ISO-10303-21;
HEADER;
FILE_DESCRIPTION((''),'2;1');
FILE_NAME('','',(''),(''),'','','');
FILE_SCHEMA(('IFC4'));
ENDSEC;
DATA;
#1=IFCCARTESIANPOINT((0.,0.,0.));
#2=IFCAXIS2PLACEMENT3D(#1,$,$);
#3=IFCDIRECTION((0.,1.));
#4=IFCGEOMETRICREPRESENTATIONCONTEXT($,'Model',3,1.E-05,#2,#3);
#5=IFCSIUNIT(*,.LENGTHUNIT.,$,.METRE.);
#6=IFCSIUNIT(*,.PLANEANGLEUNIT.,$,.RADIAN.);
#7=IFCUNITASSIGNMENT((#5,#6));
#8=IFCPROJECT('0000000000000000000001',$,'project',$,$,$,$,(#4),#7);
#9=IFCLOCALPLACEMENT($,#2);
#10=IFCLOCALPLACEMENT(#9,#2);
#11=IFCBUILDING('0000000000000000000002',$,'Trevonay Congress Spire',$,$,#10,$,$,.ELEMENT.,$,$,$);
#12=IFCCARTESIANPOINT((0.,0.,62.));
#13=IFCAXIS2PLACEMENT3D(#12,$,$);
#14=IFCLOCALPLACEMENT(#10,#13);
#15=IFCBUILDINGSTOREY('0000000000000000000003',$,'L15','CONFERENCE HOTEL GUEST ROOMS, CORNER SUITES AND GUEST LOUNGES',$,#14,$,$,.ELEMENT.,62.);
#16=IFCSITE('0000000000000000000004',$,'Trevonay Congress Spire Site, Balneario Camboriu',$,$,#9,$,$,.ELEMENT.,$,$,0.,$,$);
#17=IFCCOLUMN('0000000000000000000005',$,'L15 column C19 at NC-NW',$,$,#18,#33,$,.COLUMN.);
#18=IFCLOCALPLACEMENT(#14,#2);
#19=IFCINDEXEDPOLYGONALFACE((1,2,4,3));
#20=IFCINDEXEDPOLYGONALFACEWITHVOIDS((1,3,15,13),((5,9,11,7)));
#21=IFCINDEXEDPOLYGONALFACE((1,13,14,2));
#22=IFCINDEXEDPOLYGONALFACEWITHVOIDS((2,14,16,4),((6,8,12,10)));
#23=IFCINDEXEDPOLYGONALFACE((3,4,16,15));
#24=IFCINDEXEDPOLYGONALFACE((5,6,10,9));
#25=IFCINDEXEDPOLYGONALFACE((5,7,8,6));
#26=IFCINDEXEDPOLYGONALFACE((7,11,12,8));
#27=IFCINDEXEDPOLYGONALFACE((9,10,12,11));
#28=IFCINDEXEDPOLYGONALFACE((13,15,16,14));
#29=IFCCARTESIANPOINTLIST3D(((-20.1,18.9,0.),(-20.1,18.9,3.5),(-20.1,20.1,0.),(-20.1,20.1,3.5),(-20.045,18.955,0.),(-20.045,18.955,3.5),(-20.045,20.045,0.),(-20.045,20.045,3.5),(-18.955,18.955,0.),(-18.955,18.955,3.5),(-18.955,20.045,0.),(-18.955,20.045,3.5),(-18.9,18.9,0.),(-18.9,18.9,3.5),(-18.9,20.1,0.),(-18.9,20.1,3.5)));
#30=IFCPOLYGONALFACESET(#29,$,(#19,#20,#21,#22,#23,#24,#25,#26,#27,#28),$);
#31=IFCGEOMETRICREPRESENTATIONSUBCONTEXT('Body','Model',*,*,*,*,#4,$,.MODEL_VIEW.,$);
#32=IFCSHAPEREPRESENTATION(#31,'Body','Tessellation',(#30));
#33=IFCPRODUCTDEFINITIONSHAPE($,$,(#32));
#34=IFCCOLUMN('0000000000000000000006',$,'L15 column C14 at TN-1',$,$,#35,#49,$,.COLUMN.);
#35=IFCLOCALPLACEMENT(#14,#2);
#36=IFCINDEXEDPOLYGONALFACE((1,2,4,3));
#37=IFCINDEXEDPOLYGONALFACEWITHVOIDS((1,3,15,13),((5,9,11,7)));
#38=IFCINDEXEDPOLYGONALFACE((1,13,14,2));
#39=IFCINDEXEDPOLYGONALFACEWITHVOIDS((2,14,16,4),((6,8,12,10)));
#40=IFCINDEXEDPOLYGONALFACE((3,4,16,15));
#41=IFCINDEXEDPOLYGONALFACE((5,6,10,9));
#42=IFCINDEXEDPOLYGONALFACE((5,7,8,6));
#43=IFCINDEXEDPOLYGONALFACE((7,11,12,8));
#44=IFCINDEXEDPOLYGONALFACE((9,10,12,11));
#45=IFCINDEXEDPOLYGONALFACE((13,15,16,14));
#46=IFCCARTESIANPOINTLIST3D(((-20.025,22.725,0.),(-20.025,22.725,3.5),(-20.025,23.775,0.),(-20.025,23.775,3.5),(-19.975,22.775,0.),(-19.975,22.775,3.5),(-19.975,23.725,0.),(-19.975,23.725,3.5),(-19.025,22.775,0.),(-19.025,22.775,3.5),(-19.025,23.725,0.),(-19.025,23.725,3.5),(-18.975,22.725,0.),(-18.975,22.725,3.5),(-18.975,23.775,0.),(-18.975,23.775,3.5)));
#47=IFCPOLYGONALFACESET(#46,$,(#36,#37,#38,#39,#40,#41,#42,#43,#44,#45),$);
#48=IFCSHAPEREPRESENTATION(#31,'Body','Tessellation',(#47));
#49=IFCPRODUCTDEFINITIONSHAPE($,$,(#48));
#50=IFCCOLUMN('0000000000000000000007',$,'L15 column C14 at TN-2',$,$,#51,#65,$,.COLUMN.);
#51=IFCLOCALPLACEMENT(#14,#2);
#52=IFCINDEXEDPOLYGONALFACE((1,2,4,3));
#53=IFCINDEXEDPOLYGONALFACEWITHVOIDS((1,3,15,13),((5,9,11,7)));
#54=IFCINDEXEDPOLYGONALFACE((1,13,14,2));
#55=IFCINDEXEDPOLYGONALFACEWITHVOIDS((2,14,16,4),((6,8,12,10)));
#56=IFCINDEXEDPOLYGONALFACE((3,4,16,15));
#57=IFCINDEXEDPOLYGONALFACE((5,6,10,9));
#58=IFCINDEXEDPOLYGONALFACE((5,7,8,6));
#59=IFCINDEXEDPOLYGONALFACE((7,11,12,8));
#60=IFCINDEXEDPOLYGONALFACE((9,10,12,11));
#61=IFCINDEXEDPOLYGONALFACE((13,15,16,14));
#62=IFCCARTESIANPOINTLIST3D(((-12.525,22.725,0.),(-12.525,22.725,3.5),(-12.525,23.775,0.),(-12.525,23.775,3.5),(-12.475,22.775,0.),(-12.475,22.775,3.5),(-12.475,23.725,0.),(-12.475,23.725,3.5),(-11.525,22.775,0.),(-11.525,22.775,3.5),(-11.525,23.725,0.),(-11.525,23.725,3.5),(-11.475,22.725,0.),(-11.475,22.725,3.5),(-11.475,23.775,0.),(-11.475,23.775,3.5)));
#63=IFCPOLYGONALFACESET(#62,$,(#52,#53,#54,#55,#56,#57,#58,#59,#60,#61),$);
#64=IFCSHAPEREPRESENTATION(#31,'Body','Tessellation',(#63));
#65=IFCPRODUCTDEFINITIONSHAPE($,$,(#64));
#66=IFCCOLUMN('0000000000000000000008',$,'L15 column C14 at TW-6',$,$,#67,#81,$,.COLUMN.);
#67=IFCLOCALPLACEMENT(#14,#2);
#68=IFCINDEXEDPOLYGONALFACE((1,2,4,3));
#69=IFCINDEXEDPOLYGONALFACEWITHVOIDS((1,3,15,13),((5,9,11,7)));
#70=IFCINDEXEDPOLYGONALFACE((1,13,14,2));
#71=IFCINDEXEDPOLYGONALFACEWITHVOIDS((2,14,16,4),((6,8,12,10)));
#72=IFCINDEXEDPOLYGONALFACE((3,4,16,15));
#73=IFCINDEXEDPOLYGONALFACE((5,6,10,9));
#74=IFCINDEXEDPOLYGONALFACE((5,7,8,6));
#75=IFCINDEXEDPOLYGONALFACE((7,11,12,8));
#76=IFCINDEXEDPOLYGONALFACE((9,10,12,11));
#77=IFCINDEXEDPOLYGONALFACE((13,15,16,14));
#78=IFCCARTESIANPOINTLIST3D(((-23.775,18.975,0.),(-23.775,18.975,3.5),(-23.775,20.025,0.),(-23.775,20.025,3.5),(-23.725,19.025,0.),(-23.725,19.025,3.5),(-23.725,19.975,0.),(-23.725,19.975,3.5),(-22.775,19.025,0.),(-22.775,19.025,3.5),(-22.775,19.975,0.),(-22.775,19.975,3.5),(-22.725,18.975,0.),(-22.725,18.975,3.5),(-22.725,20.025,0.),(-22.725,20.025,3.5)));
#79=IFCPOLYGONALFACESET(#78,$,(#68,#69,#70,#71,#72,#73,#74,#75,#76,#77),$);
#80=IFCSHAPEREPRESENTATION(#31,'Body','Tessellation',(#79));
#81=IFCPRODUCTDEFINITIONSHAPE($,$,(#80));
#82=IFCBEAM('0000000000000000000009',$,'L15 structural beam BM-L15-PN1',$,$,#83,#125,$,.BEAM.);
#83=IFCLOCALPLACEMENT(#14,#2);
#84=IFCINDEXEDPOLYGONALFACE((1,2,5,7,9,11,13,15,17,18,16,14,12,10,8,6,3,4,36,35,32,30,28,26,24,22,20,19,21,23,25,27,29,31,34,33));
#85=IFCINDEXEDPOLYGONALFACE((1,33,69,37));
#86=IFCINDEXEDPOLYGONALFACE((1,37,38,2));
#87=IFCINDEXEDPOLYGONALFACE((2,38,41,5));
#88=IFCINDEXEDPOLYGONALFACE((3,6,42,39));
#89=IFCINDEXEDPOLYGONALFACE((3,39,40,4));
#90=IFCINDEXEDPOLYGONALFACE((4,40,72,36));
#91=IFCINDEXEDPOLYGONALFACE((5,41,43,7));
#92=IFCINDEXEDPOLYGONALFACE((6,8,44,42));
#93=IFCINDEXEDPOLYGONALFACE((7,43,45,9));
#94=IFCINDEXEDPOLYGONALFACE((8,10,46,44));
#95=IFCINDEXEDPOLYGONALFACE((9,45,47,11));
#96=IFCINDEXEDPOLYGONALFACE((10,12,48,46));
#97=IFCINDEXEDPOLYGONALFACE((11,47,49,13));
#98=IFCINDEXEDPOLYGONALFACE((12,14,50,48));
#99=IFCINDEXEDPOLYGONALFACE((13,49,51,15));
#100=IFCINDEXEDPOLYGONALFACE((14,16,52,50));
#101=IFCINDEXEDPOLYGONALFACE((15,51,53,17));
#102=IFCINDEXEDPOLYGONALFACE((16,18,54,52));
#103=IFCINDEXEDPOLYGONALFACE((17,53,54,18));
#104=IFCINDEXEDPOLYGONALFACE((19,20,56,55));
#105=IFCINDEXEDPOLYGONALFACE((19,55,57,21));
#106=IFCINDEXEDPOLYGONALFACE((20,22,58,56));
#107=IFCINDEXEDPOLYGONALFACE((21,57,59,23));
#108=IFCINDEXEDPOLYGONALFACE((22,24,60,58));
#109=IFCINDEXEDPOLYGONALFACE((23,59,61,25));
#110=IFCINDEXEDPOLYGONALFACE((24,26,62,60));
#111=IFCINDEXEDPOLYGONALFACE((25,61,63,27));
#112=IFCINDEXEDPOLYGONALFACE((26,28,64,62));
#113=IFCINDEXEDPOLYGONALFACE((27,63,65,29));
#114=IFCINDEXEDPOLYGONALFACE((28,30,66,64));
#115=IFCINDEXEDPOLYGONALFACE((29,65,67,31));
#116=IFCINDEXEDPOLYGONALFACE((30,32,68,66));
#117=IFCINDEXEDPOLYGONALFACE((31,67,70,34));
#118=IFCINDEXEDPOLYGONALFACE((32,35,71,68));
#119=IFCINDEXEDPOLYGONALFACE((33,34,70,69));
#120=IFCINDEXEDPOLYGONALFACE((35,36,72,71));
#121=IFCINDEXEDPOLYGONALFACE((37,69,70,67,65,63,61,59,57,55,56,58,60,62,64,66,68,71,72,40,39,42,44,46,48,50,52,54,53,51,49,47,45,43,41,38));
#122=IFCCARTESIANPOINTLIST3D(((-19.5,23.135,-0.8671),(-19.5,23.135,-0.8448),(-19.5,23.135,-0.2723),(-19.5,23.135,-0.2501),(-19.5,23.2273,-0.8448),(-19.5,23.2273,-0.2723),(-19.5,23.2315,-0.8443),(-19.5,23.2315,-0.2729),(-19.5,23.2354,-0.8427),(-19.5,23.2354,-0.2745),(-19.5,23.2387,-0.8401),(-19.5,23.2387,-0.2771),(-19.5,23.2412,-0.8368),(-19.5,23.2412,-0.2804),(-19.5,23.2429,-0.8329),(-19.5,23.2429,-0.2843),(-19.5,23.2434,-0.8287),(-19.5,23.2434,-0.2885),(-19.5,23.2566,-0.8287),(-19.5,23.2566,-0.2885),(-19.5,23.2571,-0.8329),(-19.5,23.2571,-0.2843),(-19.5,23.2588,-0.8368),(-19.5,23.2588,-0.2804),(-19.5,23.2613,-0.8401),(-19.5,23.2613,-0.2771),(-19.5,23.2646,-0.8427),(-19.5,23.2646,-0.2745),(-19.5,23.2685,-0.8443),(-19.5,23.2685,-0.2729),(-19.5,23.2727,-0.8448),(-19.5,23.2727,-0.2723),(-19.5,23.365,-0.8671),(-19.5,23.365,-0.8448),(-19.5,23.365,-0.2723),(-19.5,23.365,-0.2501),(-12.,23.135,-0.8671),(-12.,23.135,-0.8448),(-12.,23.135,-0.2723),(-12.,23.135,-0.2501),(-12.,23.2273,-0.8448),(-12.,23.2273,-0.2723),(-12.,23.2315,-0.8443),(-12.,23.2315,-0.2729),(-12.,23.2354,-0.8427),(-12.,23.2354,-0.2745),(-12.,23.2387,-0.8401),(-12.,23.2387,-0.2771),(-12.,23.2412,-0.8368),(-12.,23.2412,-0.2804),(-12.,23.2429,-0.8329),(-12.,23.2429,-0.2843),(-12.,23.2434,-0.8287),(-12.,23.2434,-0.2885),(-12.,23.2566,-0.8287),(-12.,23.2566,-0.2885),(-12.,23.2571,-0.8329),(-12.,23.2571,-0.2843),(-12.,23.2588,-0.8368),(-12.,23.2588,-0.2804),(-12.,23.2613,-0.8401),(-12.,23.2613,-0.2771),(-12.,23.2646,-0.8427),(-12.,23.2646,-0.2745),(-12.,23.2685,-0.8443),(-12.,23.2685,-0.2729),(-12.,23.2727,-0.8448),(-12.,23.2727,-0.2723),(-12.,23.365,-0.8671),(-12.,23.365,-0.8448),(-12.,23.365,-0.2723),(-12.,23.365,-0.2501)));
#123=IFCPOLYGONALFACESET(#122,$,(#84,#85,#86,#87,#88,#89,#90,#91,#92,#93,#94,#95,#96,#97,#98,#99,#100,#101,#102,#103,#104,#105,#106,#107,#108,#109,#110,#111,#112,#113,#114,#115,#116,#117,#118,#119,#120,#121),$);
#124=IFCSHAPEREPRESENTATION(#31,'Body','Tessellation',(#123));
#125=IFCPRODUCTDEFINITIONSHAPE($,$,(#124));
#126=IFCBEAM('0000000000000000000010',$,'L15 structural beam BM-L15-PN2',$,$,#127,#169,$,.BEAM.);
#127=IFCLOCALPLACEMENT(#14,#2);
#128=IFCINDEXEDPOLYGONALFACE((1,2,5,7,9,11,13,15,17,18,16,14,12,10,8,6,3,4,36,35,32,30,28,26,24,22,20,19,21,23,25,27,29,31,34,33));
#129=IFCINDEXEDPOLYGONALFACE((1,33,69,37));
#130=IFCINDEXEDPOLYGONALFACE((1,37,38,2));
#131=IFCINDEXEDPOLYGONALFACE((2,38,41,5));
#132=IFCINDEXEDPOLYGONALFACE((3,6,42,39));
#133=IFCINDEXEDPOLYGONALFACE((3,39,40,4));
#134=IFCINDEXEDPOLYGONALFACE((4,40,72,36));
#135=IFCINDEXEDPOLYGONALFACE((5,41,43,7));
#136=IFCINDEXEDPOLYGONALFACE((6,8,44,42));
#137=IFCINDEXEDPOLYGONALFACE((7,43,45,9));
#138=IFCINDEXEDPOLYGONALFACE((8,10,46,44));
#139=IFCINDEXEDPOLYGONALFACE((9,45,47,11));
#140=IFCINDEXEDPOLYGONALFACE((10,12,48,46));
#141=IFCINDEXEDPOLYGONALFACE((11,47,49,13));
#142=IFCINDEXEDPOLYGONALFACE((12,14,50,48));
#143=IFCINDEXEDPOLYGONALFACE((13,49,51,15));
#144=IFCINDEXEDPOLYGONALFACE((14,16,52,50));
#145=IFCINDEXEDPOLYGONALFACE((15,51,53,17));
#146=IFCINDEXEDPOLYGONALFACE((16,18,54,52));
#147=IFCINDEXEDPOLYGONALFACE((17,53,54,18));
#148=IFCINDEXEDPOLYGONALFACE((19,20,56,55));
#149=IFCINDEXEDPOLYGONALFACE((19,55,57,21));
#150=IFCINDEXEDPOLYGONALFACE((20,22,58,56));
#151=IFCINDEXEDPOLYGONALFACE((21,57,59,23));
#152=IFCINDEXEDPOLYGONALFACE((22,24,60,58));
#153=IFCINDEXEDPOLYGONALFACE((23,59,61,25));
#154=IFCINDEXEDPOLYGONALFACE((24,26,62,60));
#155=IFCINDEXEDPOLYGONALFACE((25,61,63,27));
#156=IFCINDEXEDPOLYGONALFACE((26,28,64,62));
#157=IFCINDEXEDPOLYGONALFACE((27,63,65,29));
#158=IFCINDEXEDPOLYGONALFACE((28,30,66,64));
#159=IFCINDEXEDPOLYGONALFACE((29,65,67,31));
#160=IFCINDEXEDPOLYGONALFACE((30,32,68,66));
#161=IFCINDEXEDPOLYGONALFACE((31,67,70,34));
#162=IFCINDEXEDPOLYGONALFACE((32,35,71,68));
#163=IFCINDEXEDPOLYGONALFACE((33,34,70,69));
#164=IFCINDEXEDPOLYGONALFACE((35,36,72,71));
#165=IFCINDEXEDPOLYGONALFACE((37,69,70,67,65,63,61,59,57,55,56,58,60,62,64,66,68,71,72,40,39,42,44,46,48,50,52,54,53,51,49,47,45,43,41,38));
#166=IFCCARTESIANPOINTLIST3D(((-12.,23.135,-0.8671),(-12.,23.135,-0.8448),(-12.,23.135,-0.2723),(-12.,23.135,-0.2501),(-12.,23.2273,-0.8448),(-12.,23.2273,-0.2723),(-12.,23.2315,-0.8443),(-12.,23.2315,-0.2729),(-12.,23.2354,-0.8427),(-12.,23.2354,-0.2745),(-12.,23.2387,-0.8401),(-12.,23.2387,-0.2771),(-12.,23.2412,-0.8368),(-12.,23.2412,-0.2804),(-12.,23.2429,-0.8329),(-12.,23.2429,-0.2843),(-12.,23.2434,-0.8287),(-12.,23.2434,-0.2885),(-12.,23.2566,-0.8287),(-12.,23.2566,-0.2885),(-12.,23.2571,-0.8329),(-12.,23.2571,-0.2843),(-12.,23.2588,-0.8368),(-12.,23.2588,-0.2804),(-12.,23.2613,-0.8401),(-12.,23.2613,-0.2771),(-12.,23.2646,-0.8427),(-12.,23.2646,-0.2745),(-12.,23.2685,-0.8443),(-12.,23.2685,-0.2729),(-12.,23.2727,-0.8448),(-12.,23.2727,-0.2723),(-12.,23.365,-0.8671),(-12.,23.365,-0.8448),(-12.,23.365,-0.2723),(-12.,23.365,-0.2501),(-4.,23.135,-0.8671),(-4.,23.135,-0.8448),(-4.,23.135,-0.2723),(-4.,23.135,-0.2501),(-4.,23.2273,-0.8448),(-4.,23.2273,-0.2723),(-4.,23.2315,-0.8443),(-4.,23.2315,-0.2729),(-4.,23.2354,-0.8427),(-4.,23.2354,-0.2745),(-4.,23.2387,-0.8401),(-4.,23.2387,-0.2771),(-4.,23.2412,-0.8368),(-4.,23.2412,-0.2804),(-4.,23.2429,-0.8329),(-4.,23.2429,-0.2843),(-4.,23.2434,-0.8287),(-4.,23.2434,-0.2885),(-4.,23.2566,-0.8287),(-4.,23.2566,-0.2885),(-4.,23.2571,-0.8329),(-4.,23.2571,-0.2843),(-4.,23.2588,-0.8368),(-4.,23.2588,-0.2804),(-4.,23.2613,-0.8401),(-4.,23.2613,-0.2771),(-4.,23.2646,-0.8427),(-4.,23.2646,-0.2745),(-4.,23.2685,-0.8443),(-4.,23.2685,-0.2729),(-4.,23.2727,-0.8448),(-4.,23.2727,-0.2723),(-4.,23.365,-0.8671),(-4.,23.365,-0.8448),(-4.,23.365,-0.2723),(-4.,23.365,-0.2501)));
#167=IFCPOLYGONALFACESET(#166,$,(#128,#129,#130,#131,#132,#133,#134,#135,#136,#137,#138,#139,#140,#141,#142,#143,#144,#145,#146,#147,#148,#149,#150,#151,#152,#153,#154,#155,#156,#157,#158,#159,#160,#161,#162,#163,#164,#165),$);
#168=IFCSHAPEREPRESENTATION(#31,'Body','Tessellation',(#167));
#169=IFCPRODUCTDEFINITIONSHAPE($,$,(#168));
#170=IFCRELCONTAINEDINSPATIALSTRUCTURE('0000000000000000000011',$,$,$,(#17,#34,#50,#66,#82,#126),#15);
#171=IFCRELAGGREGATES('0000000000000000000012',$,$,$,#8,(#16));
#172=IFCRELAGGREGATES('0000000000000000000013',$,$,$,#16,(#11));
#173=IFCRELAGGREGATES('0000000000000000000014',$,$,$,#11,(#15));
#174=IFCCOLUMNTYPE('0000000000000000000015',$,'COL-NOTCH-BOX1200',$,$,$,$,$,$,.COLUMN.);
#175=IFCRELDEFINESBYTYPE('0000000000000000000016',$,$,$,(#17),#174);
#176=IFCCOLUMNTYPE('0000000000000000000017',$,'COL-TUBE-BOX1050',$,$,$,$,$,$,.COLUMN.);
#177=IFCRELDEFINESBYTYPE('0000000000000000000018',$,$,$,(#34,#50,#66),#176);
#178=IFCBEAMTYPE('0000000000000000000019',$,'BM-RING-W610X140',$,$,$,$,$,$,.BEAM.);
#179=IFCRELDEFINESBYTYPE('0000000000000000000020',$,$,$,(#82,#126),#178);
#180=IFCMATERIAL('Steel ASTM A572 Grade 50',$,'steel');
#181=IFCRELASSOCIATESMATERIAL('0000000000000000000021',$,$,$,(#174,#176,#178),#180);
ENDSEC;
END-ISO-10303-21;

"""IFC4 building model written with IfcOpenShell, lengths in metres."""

from ifc_helpers import new_model, si_unit, direction, frame, origin, origin_2d, place, context, subcontext, project, spatial, hollow_rectangle, i_section, extrude, material, material_profile, profile_set, type_object, element, save


model = new_model("IFC4")

# Units and contexts
model_context = context("Model", 3, precision=1e-05, world=origin(), true_north=direction((0.0, 1.0)))
body_context = subcontext(model_context, "Body", "Model", "MODEL_VIEW")
ifc_project = project(units=[si_unit("LENGTHUNIT", "METRE"), si_unit("PLANEANGLEUNIT", "RADIAN")], contexts=[model_context])

# Site, building, storey
site_placement = place(None, origin())
site = spatial("IfcSite", under=ifc_project, at=site_placement, Name="Trevonay Congress Spire Site, Balneario Camboriu", CompositionType="ELEMENT", RefElevation=0.0)
building_placement = place(site_placement, origin())
building = spatial("IfcBuilding", under=site, at=building_placement, Name="Trevonay Congress Spire", CompositionType="ELEMENT")
storey_placement = place(building_placement, frame((0.0, 0.0, 62.0)))
storey = spatial("IfcBuildingStorey", under=building, at=storey_placement, Name="L15", Description="CONFERENCE HOTEL GUEST ROOMS, CORNER SUITES AND GUEST LOUNGES", CompositionType="ELEMENT", Elevation=62.0)

# Columns
ifc_material_1 = material(Name="Steel ASTM A572 Grade 50", Category="steel")
ifc_material_profile_1 = material_profile(ifc_material_1, hollow_rectangle(XDim=1.2, YDim=1.2, WallThickness=0.0549, at=origin_2d()), Name="BOX 1200x1200x55")
ifc_profile_set_1 = profile_set([ifc_material_profile_1], Name="Steel ASTM A572 Grade 50")
column_type_1 = type_object("IfcColumnType", Name="COL-NOTCH-BOX1200", PredefinedType="COLUMN", material=ifc_profile_set_1)
column_placement = place(storey_placement, frame((-19.5, 19.5, 0.0), z_axis=(0.0, 0.0, 1.0), x_axis=(1.0, 0.0, 0.0)))
element("IfcColumn", 1, at=column_placement, inside=storey, type_object=column_type_1, Name="L15 column C19 at NC-NW", PredefinedType="COLUMN", context=body_context, shape_type="SweptSolid", body=[
    extrude(hollow_rectangle(XDim=1.2, YDim=1.2, WallThickness=0.0549, at=origin_2d()), origin(), (0.0, 0.0, 1.0), 3.5),
])
ifc_material_profile_2 = material_profile(ifc_material_1, hollow_rectangle(XDim=1.05, YDim=1.05, WallThickness=0.05, at=origin_2d()), Name="BOX 1050x1050x50")
ifc_profile_set_2 = profile_set([ifc_material_profile_2], Name="Steel ASTM A572 Grade 50")
column_type_2 = type_object("IfcColumnType", Name="COL-TUBE-BOX1050", PredefinedType="COLUMN", material=ifc_profile_set_2)
for number, where, z_axis, x_axis, name in (
    (2, (-19.5, 23.25, 0.0), (0.0, 0.0, 1.0), (1.0, 0.0, 0.0), "L15 column C14 at TN-1"),
    (3, (-12.0, 23.25, 0.0), (0.0, 0.0, 1.0), (1.0, 0.0, 0.0), "L15 column C14 at TN-2"),
    (4, (-23.25, 19.5, 0.0), (0.0, 0.0, 1.0), (1.0, 0.0, 0.0), "L15 column C14 at TW-6"),
):
    element("IfcColumn", number, at=place(storey_placement, frame(where, z_axis=z_axis, x_axis=x_axis)), inside=storey, type_object=column_type_2, Name=name, PredefinedType="COLUMN", context=body_context, shape_type="SweptSolid", body=[
        extrude(hollow_rectangle(XDim=1.05, YDim=1.05, WallThickness=0.05, at=origin_2d()), origin(), (0.0, 0.0, 1.0), 3.5),
    ])

# Beams
ifc_material_profile_3 = material_profile(ifc_material_1, i_section(OverallWidth=0.23, OverallDepth=0.6169, WebThickness=0.0132, FlangeThickness=0.0222, FilletRadius=0.0161, at=origin_2d()), Name="W610x140")
ifc_profile_set_3 = profile_set([ifc_material_profile_3], Name="Steel ASTM A572 Grade 50")
beam_type = type_object("IfcBeamType", Name="BM-RING-W610X140", PredefinedType="BEAM", material=ifc_profile_set_3)
beam_1_placement = place(storey_placement, frame((-19.5, 23.25, -0.5586), z_axis=(1.0, 0.0, 0.0), x_axis=(0.0, 1.0, 0.0)))
element("IfcBeam", 5, at=beam_1_placement, inside=storey, type_object=beam_type, Name="L15 structural beam BM-L15-PN1", PredefinedType="BEAM", context=body_context, shape_type="SweptSolid", body=[
    extrude(i_section(OverallWidth=0.23, OverallDepth=0.6169, WebThickness=0.0132, FlangeThickness=0.0222, FilletRadius=0.0161, at=origin_2d()), origin(), (0.0, 0.0, 1.0), 7.5),
])
beam_2_placement = place(storey_placement, frame((-12.0, 23.25, -0.5586), z_axis=(1.0, 0.0, 0.0), x_axis=(0.0, 1.0, 0.0)))
element("IfcBeam", 6, at=beam_2_placement, inside=storey, type_object=beam_type, Name="L15 structural beam BM-L15-PN2", PredefinedType="BEAM", context=body_context, shape_type="SweptSolid", body=[
    extrude(i_section(OverallWidth=0.23, OverallDepth=0.6169, WebThickness=0.0132, FlangeThickness=0.0222, FilletRadius=0.0161, at=origin_2d()), origin(), (0.0, 0.0, 1.0), 8.0),
])

save(model, "model.ifc")
